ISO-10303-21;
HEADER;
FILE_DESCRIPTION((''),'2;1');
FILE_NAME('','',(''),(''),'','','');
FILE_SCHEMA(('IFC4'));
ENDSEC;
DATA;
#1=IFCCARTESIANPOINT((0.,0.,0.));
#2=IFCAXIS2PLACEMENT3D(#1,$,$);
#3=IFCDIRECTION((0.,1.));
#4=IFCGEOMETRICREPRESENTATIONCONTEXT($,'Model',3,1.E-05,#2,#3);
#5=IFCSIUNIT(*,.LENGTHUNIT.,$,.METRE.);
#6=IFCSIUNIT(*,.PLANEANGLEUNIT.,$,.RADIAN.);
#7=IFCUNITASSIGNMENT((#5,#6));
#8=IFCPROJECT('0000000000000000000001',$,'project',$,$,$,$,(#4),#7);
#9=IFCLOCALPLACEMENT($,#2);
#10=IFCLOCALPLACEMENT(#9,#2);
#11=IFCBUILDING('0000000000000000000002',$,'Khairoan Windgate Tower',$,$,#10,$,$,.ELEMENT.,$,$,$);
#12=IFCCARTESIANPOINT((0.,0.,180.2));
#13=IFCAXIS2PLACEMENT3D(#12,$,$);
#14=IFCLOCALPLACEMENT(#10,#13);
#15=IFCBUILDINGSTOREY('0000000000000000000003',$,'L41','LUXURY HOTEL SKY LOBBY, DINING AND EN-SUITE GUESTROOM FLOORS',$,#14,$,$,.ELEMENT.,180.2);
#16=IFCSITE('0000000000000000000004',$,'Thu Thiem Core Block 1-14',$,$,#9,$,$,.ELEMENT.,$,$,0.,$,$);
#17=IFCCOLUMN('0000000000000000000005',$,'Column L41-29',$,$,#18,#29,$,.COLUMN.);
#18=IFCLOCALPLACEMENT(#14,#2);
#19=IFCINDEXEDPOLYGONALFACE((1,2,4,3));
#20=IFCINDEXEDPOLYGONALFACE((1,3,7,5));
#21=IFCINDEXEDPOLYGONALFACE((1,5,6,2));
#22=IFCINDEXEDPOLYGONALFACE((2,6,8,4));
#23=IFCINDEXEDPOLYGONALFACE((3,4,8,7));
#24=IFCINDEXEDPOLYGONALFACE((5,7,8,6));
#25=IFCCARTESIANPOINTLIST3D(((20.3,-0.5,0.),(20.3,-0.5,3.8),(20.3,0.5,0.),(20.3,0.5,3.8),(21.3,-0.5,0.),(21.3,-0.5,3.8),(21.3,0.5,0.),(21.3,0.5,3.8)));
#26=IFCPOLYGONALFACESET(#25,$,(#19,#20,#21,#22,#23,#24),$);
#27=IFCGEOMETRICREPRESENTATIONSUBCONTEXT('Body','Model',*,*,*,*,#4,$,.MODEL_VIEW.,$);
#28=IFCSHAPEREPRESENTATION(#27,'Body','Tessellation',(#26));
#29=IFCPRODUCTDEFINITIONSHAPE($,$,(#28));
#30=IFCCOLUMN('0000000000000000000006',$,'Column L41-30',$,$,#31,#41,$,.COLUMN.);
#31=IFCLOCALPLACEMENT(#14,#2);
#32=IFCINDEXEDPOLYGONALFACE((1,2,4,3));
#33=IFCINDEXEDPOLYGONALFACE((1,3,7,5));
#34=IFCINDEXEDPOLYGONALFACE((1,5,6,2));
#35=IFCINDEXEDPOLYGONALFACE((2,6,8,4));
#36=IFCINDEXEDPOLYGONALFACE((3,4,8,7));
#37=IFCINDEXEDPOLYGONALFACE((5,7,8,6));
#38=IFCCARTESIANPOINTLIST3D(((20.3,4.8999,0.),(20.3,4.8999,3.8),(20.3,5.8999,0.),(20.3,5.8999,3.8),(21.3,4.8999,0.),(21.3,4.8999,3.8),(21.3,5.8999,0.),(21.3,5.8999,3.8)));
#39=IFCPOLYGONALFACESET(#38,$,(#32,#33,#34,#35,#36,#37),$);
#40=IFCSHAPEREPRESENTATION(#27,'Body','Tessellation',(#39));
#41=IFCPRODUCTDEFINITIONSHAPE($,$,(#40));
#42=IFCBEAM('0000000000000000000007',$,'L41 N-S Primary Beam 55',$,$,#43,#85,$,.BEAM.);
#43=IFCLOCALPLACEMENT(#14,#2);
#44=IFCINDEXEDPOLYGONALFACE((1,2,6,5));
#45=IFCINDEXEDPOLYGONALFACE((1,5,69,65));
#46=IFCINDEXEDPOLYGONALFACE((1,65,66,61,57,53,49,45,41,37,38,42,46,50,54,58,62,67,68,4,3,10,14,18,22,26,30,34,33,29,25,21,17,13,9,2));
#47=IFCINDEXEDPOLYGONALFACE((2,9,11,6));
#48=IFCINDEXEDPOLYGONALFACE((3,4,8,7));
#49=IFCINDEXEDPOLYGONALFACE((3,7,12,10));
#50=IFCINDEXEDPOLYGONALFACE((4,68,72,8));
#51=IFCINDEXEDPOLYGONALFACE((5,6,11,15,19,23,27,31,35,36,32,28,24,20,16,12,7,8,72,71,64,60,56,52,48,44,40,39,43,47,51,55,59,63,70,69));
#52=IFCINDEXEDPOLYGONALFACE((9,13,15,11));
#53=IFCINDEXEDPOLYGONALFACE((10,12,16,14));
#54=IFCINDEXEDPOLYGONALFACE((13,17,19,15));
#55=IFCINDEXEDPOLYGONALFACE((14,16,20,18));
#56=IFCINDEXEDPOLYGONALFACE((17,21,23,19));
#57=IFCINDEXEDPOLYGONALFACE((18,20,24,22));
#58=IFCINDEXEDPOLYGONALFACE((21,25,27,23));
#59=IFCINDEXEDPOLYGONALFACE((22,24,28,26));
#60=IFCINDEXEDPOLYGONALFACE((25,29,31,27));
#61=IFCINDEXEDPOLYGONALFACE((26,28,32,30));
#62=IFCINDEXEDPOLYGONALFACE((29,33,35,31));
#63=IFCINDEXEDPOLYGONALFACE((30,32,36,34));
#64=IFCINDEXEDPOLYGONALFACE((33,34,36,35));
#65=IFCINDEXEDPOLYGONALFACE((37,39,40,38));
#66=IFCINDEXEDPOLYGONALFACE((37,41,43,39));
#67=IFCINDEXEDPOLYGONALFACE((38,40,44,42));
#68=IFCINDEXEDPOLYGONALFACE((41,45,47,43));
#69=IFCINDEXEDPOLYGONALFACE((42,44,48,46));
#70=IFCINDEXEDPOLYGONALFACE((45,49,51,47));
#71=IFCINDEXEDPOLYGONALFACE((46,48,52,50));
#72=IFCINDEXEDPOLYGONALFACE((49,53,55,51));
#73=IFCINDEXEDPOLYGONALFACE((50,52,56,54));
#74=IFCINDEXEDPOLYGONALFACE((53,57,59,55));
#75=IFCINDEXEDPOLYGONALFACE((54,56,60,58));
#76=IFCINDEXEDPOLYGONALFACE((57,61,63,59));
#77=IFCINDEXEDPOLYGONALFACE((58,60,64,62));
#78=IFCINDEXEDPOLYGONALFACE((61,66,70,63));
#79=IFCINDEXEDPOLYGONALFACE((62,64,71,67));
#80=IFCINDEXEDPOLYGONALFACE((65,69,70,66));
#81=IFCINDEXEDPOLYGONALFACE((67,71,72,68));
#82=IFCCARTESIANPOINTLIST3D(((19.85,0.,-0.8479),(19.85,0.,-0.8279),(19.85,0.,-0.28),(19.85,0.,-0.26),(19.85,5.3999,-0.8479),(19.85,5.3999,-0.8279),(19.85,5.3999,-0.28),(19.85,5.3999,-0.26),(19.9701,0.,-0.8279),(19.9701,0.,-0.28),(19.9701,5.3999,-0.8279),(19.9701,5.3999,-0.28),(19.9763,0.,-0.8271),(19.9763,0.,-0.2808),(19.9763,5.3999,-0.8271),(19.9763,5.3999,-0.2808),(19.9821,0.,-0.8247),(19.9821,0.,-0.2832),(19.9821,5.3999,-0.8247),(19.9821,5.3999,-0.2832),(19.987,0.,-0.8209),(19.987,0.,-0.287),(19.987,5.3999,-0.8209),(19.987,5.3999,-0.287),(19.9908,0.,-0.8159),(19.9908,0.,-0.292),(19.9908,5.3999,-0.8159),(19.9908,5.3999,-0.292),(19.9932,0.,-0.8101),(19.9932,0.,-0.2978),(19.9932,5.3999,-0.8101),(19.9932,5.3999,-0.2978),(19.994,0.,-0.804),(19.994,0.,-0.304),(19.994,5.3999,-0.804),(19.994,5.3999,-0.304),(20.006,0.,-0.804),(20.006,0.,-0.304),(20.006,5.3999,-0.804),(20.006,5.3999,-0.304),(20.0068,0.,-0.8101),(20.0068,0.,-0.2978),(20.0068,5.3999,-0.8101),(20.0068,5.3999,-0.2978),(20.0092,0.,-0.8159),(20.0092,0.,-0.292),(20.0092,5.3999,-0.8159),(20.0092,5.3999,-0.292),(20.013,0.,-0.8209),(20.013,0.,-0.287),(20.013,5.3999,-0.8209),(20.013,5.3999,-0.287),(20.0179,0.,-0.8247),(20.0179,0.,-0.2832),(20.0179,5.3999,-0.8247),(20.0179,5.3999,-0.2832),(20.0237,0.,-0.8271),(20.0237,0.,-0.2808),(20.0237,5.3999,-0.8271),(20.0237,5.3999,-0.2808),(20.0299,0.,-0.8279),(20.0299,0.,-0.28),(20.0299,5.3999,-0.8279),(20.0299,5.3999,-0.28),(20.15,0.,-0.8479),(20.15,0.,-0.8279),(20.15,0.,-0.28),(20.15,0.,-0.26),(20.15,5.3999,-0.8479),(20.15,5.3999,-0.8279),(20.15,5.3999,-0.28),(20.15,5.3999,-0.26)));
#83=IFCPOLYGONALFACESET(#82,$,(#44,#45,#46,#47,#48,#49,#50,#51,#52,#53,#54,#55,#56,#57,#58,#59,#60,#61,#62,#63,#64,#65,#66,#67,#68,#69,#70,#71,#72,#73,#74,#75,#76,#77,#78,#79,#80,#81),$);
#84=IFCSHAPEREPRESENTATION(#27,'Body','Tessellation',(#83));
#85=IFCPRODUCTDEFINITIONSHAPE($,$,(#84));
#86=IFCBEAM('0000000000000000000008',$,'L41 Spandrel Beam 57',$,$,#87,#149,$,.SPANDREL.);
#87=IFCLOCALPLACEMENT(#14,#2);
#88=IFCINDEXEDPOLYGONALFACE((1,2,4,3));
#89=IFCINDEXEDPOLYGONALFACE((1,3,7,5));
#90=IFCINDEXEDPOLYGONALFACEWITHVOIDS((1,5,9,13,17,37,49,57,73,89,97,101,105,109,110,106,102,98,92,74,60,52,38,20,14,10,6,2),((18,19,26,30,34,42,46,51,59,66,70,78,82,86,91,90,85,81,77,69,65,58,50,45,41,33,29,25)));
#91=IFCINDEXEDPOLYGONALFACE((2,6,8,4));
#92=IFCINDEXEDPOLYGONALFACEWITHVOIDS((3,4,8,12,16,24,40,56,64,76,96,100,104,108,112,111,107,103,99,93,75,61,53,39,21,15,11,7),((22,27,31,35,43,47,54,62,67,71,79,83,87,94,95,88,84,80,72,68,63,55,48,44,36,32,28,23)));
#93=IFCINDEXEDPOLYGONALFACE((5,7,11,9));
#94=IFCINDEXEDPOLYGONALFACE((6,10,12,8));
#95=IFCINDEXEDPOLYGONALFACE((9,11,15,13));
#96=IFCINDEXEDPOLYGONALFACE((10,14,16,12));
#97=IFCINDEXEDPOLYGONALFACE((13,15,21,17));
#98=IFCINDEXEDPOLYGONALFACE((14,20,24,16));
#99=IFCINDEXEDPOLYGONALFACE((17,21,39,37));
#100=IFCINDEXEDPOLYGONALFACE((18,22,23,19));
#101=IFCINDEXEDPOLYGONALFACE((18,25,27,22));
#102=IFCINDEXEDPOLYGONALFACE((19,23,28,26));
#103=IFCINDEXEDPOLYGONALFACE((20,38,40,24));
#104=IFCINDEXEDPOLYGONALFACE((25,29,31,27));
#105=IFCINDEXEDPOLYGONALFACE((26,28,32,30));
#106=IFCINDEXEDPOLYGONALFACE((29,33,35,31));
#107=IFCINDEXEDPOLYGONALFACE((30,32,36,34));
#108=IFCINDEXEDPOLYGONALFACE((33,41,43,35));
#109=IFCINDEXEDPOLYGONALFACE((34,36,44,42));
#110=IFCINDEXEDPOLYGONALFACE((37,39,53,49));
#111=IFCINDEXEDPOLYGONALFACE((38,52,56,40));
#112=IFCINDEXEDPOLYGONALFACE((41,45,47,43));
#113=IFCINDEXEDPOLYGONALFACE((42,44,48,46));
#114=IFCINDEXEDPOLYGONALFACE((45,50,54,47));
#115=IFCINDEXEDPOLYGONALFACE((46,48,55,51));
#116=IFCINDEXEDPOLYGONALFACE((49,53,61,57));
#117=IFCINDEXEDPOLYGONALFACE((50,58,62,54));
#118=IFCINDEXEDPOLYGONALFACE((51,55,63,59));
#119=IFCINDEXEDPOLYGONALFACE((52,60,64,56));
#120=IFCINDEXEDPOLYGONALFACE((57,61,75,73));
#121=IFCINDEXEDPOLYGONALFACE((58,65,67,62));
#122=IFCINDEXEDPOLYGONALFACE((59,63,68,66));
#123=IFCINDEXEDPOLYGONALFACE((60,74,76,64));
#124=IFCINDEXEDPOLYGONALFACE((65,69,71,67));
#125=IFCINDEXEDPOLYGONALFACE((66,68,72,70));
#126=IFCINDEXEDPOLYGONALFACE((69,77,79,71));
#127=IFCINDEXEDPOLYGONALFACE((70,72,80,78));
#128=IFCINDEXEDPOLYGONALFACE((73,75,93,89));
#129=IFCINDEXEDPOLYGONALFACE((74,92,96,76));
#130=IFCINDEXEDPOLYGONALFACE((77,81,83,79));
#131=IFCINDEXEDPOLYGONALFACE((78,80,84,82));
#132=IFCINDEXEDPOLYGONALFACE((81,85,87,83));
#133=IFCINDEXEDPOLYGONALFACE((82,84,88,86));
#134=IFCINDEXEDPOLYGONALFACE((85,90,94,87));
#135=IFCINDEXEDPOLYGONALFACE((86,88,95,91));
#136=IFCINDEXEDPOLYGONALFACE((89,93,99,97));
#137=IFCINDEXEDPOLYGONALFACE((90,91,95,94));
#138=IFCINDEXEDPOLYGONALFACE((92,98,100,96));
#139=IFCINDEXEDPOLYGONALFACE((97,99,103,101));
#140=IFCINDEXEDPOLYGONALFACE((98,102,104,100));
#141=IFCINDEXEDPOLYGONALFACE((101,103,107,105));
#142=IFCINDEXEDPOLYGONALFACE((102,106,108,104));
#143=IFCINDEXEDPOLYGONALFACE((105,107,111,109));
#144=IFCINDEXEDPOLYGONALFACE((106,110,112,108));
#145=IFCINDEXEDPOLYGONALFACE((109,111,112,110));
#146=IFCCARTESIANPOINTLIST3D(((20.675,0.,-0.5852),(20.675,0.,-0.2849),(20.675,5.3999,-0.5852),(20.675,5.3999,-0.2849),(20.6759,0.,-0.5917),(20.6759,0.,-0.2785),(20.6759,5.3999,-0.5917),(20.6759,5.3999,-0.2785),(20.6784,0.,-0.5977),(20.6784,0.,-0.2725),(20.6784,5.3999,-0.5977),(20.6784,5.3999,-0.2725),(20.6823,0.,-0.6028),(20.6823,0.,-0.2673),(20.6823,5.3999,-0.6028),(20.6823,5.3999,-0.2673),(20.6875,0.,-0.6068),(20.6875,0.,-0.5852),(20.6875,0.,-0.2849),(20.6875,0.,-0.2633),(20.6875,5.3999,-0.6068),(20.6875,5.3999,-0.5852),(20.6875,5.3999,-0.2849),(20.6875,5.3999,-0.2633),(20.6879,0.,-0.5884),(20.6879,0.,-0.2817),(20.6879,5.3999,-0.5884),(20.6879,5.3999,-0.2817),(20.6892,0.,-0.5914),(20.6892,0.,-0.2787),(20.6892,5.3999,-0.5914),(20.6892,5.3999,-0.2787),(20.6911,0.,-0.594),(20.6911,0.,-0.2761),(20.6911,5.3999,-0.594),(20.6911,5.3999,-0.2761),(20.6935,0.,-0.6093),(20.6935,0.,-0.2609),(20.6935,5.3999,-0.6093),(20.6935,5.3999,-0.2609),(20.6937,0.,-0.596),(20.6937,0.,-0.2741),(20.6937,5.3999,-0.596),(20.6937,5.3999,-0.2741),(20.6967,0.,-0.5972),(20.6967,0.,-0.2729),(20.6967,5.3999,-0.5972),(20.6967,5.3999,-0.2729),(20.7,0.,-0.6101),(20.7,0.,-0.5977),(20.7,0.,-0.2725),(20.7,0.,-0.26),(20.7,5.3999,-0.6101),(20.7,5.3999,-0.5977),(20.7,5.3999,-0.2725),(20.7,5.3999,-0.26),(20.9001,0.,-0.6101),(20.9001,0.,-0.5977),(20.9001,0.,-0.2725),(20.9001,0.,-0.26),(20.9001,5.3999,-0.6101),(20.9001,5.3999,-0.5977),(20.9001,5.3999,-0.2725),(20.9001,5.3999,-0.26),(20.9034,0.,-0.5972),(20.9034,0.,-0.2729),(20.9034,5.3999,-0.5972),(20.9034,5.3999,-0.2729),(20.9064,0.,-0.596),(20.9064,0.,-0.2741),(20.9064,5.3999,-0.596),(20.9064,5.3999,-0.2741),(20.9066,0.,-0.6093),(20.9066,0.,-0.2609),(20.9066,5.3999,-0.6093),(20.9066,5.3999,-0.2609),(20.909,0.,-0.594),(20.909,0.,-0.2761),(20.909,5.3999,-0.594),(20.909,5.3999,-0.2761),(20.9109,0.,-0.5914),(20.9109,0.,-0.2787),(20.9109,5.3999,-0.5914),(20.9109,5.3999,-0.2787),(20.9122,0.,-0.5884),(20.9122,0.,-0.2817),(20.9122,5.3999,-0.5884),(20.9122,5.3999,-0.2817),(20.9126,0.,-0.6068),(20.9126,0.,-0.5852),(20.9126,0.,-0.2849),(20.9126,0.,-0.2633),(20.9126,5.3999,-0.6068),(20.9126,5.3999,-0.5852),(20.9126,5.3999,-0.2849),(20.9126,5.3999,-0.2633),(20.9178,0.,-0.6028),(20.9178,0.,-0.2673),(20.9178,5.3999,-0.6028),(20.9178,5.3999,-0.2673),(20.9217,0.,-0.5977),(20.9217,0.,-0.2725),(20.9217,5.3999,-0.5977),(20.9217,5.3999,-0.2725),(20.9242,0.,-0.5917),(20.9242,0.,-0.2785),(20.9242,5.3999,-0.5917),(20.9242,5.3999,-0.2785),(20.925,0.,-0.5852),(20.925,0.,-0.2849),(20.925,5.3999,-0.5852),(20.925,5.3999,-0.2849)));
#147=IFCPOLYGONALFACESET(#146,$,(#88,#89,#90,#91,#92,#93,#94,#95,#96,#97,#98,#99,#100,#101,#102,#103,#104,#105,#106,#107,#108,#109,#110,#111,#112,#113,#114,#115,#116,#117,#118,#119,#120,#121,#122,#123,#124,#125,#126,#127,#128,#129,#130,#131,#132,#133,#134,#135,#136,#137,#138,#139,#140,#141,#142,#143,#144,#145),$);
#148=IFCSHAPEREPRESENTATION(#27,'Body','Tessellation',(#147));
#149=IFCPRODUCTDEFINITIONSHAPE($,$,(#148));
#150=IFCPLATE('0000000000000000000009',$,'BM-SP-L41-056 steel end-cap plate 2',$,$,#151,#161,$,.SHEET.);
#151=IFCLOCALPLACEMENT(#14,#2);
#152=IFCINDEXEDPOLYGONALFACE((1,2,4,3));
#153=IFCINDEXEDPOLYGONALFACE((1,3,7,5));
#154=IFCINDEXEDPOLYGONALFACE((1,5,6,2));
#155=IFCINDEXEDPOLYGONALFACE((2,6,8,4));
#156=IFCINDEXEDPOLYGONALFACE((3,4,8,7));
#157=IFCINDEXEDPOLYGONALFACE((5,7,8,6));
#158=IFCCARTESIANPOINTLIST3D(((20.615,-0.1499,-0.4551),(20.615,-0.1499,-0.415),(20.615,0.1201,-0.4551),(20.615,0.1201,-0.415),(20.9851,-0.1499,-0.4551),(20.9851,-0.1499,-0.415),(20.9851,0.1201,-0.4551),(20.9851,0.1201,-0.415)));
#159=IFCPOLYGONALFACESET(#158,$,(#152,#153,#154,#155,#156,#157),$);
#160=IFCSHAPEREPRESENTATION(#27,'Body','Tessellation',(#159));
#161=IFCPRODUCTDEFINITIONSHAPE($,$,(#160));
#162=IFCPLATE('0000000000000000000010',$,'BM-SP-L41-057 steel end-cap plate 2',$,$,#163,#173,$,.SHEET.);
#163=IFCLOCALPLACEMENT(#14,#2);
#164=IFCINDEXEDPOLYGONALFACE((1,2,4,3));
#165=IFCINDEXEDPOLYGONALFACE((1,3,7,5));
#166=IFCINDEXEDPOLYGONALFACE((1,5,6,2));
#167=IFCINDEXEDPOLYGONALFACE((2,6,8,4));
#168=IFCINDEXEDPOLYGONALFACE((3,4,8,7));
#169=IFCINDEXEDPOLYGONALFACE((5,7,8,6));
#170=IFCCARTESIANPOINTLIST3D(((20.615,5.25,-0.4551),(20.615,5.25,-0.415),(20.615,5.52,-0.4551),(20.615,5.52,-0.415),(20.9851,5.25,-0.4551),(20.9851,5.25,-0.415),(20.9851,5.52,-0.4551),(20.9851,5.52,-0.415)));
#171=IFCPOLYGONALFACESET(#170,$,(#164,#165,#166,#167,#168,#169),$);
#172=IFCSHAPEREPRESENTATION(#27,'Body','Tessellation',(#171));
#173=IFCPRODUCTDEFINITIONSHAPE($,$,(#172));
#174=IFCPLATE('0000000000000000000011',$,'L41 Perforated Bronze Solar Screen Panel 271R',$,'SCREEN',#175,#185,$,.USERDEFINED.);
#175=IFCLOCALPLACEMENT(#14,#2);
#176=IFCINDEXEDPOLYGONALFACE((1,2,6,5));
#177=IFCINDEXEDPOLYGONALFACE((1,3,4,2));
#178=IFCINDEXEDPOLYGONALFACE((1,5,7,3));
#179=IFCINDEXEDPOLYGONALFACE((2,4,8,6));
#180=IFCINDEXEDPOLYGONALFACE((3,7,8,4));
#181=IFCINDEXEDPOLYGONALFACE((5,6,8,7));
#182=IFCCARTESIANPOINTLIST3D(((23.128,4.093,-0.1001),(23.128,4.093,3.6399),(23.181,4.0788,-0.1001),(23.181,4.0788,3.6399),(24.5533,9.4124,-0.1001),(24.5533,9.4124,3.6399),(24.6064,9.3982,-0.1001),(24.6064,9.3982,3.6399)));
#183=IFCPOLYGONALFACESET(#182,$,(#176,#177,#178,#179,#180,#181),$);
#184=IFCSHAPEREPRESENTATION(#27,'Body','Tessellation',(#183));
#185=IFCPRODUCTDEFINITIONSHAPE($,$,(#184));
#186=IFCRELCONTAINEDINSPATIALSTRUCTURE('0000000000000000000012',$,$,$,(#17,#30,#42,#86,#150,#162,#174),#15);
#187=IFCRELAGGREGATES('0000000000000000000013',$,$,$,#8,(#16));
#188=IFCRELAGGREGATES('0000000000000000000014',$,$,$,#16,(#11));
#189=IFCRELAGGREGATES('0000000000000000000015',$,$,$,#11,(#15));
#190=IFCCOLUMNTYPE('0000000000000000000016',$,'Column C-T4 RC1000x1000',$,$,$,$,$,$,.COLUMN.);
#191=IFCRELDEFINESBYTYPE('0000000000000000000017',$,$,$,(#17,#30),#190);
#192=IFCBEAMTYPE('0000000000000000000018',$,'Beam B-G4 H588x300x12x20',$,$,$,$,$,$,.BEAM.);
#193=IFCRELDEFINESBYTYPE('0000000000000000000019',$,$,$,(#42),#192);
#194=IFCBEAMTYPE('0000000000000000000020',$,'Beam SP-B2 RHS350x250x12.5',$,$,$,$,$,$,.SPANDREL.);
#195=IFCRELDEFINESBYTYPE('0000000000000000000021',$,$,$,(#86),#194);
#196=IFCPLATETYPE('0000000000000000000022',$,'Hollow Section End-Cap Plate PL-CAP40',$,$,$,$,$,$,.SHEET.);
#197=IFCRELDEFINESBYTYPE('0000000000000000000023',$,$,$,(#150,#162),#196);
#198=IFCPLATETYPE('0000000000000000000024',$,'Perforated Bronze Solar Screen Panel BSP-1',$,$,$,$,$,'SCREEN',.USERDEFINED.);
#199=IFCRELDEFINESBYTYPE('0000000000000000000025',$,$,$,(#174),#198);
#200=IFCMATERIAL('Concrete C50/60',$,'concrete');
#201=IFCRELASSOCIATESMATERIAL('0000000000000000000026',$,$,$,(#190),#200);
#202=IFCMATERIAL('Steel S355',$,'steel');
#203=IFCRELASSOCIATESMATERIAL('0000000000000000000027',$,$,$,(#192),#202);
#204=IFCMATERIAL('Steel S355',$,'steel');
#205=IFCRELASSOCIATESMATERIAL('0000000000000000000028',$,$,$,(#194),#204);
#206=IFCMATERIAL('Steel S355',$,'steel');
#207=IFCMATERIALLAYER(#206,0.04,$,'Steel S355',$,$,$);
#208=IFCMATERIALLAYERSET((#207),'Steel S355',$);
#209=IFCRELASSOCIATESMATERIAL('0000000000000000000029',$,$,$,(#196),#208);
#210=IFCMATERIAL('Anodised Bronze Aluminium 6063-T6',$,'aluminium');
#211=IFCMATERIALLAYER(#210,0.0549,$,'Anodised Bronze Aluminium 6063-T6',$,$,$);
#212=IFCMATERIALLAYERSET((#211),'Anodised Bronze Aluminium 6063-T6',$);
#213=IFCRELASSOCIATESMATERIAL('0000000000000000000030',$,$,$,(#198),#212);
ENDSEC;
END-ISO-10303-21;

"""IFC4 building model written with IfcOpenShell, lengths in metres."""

from ifc_helpers import new_model, si_unit, direction, frame, origin, origin_2d, place, context, subcontext, project, spatial, rectangle, hollow_rectangle, i_section, extrude, material, layer, layer_set, material_profile, profile_set, type_object, element, save


model = new_model("IFC4")

# Units and contexts
model_context = context("Model", 3, precision=1e-05, world=origin(), true_north=direction((0.0, 1.0)))
body_context = subcontext(model_context, "Body", "Model", "MODEL_VIEW")
ifc_project = project(units=[si_unit("LENGTHUNIT", "METRE"), si_unit("PLANEANGLEUNIT", "RADIAN")], contexts=[model_context])

# Site, building, storey
site_placement = place(None, origin())
site = spatial("IfcSite", under=ifc_project, at=site_placement, Name="Thu Thiem Core Block 1-14", CompositionType="ELEMENT", RefElevation=0.0)
building_placement = place(site_placement, origin())
building = spatial("IfcBuilding", under=site, at=building_placement, Name="Khairoan Windgate Tower", CompositionType="ELEMENT")
storey_placement = place(building_placement, frame((0.0, 0.0, 180.2)))
storey = spatial("IfcBuildingStorey", under=building, at=storey_placement, Name="L41", Description="LUXURY HOTEL SKY LOBBY, DINING AND EN-SUITE GUESTROOM FLOORS", CompositionType="ELEMENT", Elevation=180.2)

# Columns
ifc_material_1 = material(Name="Concrete C50/60", Category="concrete")
ifc_material_profile_1 = material_profile(ifc_material_1, rectangle(XDim=1.0, YDim=1.0, at=origin_2d()))
ifc_profile_set_1 = profile_set([ifc_material_profile_1], Name="Concrete C50/60")
column_type = type_object("IfcColumnType", Name="Column C-T4 RC1000x1000", PredefinedType="COLUMN", material=ifc_profile_set_1)
for number, where, z_axis, x_axis, name in (
    (1, (20.8, 0.0, 0.0), (0.0, 0.0, 1.0), (1.0, 0.0, 0.0), "Column L41-29"),
    (2, (20.8, 5.3999, 0.0), (0.0, 0.0, 1.0), (1.0, 0.0, 0.0), "Column L41-30"),
):
    element("IfcColumn", number, at=place(storey_placement, frame(where, z_axis=z_axis, x_axis=x_axis)), inside=storey, type_object=column_type, Name=name, PredefinedType="COLUMN", context=body_context, shape_type="SweptSolid", body=[
        extrude(rectangle(XDim=1.0, YDim=1.0, at=origin_2d()), origin(), (0.0, 0.0, 1.0), 3.8),
    ])

# Beams
ifc_material_2 = material(Name="Steel S355", Category="steel")
ifc_material_profile_2 = material_profile(ifc_material_2, i_section(OverallWidth=0.3, OverallDepth=0.5879, WebThickness=0.012, FlangeThickness=0.02, FilletRadius=0.0239, at=origin_2d()))
ifc_profile_set_2 = profile_set([ifc_material_profile_2], Name="Steel S355")
beam_type_1 = type_object("IfcBeamType", Name="Beam B-G4 H588x300x12x20", PredefinedType="BEAM", material=ifc_profile_set_2)
beam_1_placement = place(storey_placement, frame((20.0, 0.0, -0.554), z_axis=(0.0, 1.0, 0.0), x_axis=(-1.0, 0.0, 0.0)))
element("IfcBeam", 3, at=beam_1_placement, inside=storey, type_object=beam_type_1, Name="L41 N-S Primary Beam 55", PredefinedType="BEAM", context=body_context, shape_type="SweptSolid", body=[
    extrude(i_section(OverallWidth=0.3, OverallDepth=0.5879, WebThickness=0.012, FlangeThickness=0.02, FilletRadius=0.0239, at=origin_2d()), origin(), (0.0, 0.0, 1.0), 5.3999),
])
ifc_material_3 = material(Name="Steel S355", Category="steel")
ifc_material_profile_3 = material_profile(ifc_material_3, hollow_rectangle(XDim=0.25, YDim=0.3501, WallThickness=0.0125, InnerFilletRadius=0.0125, OuterFilletRadius=0.0249, at=origin_2d()))
ifc_profile_set_3 = profile_set([ifc_material_profile_3], Name="Steel S355")
beam_type_2 = type_object("IfcBeamType", Name="Beam SP-B2 RHS350x250x12.5", PredefinedType="SPANDREL", material=ifc_profile_set_3)
beam_2_placement = place(storey_placement, frame((20.8, 0.0, -0.4351), z_axis=(0.0, 1.0, 0.0), x_axis=(-1.0, 0.0, 0.0)))
element("IfcBeam", 4, at=beam_2_placement, inside=storey, type_object=beam_type_2, Name="L41 Spandrel Beam 57", PredefinedType="SPANDREL", context=body_context, shape_type="SweptSolid", body=[
    extrude(hollow_rectangle(XDim=0.25, YDim=0.3501, WallThickness=0.0125, InnerFilletRadius=0.0125, OuterFilletRadius=0.0249, at=origin_2d()), origin(), (0.0, 0.0, 1.0), 5.3999),
])

# Plates
ifc_material_4 = material(Name="Steel S355", Category="steel")
ifc_layer_1 = layer(ifc_material_4, 0.04, Name="Steel S355")
ifc_layer_set_1 = layer_set([ifc_layer_1], Name="Steel S355")
plate_type_1 = type_object("IfcPlateType", Name="Hollow Section End-Cap Plate PL-CAP40", PredefinedType="SHEET", material=ifc_layer_set_1)
for number, where, z_axis, x_axis, name in (
    (5, (20.8, -0.0149, -0.4551), (0.0, 0.0, 1.0), (0.0, 1.0, 0.0), "BM-SP-L41-056 steel end-cap plate 2"),
    (6, (20.8, 5.385, -0.4551), (0.0, 0.0, 1.0), (0.0, 1.0, 0.0), "BM-SP-L41-057 steel end-cap plate 2"),
):
    element("IfcPlate", number, at=place(storey_placement, frame(where, z_axis=z_axis, x_axis=x_axis)), inside=storey, type_object=plate_type_1, Name=name, PredefinedType="SHEET", context=body_context, shape_type="SweptSolid", body=[
        extrude(rectangle(XDim=0.27, YDim=0.3701, at=origin_2d()), origin(), (0.0, 0.0, 1.0), 0.04),
    ])
ifc_material_5 = material(Name="Anodised Bronze Aluminium 6063-T6", Category="aluminium")
ifc_layer_2 = layer(ifc_material_5, 0.0549, Name="Anodised Bronze Aluminium 6063-T6")
ifc_layer_set_2 = layer_set([ifc_layer_2], Name="Anodised Bronze Aluminium 6063-T6")
plate_type_2 = type_object("IfcPlateType", Name="Perforated Bronze Solar Screen Panel BSP-1", ElementType="SCREEN", PredefinedType="USERDEFINED", material=ifc_layer_set_2)
plate_placement = place(storey_placement, frame((23.8672, 6.7456, -0.1001), z_axis=(0.0, 0.0, 1.0), x_axis=(-0.258819, -0.965926, 0.0)))
element("IfcPlate", 7, at=plate_placement, inside=storey, type_object=plate_type_2, Name="L41 Perforated Bronze Solar Screen Panel 271R", ObjectType="SCREEN", PredefinedType="USERDEFINED", context=body_context, shape_type="SweptSolid", body=[
    extrude(rectangle(XDim=5.5071, YDim=0.0549, at=origin_2d()), origin(), (0.0, 0.0, 1.0), 3.74),
])

save(model, "model.ifc")
